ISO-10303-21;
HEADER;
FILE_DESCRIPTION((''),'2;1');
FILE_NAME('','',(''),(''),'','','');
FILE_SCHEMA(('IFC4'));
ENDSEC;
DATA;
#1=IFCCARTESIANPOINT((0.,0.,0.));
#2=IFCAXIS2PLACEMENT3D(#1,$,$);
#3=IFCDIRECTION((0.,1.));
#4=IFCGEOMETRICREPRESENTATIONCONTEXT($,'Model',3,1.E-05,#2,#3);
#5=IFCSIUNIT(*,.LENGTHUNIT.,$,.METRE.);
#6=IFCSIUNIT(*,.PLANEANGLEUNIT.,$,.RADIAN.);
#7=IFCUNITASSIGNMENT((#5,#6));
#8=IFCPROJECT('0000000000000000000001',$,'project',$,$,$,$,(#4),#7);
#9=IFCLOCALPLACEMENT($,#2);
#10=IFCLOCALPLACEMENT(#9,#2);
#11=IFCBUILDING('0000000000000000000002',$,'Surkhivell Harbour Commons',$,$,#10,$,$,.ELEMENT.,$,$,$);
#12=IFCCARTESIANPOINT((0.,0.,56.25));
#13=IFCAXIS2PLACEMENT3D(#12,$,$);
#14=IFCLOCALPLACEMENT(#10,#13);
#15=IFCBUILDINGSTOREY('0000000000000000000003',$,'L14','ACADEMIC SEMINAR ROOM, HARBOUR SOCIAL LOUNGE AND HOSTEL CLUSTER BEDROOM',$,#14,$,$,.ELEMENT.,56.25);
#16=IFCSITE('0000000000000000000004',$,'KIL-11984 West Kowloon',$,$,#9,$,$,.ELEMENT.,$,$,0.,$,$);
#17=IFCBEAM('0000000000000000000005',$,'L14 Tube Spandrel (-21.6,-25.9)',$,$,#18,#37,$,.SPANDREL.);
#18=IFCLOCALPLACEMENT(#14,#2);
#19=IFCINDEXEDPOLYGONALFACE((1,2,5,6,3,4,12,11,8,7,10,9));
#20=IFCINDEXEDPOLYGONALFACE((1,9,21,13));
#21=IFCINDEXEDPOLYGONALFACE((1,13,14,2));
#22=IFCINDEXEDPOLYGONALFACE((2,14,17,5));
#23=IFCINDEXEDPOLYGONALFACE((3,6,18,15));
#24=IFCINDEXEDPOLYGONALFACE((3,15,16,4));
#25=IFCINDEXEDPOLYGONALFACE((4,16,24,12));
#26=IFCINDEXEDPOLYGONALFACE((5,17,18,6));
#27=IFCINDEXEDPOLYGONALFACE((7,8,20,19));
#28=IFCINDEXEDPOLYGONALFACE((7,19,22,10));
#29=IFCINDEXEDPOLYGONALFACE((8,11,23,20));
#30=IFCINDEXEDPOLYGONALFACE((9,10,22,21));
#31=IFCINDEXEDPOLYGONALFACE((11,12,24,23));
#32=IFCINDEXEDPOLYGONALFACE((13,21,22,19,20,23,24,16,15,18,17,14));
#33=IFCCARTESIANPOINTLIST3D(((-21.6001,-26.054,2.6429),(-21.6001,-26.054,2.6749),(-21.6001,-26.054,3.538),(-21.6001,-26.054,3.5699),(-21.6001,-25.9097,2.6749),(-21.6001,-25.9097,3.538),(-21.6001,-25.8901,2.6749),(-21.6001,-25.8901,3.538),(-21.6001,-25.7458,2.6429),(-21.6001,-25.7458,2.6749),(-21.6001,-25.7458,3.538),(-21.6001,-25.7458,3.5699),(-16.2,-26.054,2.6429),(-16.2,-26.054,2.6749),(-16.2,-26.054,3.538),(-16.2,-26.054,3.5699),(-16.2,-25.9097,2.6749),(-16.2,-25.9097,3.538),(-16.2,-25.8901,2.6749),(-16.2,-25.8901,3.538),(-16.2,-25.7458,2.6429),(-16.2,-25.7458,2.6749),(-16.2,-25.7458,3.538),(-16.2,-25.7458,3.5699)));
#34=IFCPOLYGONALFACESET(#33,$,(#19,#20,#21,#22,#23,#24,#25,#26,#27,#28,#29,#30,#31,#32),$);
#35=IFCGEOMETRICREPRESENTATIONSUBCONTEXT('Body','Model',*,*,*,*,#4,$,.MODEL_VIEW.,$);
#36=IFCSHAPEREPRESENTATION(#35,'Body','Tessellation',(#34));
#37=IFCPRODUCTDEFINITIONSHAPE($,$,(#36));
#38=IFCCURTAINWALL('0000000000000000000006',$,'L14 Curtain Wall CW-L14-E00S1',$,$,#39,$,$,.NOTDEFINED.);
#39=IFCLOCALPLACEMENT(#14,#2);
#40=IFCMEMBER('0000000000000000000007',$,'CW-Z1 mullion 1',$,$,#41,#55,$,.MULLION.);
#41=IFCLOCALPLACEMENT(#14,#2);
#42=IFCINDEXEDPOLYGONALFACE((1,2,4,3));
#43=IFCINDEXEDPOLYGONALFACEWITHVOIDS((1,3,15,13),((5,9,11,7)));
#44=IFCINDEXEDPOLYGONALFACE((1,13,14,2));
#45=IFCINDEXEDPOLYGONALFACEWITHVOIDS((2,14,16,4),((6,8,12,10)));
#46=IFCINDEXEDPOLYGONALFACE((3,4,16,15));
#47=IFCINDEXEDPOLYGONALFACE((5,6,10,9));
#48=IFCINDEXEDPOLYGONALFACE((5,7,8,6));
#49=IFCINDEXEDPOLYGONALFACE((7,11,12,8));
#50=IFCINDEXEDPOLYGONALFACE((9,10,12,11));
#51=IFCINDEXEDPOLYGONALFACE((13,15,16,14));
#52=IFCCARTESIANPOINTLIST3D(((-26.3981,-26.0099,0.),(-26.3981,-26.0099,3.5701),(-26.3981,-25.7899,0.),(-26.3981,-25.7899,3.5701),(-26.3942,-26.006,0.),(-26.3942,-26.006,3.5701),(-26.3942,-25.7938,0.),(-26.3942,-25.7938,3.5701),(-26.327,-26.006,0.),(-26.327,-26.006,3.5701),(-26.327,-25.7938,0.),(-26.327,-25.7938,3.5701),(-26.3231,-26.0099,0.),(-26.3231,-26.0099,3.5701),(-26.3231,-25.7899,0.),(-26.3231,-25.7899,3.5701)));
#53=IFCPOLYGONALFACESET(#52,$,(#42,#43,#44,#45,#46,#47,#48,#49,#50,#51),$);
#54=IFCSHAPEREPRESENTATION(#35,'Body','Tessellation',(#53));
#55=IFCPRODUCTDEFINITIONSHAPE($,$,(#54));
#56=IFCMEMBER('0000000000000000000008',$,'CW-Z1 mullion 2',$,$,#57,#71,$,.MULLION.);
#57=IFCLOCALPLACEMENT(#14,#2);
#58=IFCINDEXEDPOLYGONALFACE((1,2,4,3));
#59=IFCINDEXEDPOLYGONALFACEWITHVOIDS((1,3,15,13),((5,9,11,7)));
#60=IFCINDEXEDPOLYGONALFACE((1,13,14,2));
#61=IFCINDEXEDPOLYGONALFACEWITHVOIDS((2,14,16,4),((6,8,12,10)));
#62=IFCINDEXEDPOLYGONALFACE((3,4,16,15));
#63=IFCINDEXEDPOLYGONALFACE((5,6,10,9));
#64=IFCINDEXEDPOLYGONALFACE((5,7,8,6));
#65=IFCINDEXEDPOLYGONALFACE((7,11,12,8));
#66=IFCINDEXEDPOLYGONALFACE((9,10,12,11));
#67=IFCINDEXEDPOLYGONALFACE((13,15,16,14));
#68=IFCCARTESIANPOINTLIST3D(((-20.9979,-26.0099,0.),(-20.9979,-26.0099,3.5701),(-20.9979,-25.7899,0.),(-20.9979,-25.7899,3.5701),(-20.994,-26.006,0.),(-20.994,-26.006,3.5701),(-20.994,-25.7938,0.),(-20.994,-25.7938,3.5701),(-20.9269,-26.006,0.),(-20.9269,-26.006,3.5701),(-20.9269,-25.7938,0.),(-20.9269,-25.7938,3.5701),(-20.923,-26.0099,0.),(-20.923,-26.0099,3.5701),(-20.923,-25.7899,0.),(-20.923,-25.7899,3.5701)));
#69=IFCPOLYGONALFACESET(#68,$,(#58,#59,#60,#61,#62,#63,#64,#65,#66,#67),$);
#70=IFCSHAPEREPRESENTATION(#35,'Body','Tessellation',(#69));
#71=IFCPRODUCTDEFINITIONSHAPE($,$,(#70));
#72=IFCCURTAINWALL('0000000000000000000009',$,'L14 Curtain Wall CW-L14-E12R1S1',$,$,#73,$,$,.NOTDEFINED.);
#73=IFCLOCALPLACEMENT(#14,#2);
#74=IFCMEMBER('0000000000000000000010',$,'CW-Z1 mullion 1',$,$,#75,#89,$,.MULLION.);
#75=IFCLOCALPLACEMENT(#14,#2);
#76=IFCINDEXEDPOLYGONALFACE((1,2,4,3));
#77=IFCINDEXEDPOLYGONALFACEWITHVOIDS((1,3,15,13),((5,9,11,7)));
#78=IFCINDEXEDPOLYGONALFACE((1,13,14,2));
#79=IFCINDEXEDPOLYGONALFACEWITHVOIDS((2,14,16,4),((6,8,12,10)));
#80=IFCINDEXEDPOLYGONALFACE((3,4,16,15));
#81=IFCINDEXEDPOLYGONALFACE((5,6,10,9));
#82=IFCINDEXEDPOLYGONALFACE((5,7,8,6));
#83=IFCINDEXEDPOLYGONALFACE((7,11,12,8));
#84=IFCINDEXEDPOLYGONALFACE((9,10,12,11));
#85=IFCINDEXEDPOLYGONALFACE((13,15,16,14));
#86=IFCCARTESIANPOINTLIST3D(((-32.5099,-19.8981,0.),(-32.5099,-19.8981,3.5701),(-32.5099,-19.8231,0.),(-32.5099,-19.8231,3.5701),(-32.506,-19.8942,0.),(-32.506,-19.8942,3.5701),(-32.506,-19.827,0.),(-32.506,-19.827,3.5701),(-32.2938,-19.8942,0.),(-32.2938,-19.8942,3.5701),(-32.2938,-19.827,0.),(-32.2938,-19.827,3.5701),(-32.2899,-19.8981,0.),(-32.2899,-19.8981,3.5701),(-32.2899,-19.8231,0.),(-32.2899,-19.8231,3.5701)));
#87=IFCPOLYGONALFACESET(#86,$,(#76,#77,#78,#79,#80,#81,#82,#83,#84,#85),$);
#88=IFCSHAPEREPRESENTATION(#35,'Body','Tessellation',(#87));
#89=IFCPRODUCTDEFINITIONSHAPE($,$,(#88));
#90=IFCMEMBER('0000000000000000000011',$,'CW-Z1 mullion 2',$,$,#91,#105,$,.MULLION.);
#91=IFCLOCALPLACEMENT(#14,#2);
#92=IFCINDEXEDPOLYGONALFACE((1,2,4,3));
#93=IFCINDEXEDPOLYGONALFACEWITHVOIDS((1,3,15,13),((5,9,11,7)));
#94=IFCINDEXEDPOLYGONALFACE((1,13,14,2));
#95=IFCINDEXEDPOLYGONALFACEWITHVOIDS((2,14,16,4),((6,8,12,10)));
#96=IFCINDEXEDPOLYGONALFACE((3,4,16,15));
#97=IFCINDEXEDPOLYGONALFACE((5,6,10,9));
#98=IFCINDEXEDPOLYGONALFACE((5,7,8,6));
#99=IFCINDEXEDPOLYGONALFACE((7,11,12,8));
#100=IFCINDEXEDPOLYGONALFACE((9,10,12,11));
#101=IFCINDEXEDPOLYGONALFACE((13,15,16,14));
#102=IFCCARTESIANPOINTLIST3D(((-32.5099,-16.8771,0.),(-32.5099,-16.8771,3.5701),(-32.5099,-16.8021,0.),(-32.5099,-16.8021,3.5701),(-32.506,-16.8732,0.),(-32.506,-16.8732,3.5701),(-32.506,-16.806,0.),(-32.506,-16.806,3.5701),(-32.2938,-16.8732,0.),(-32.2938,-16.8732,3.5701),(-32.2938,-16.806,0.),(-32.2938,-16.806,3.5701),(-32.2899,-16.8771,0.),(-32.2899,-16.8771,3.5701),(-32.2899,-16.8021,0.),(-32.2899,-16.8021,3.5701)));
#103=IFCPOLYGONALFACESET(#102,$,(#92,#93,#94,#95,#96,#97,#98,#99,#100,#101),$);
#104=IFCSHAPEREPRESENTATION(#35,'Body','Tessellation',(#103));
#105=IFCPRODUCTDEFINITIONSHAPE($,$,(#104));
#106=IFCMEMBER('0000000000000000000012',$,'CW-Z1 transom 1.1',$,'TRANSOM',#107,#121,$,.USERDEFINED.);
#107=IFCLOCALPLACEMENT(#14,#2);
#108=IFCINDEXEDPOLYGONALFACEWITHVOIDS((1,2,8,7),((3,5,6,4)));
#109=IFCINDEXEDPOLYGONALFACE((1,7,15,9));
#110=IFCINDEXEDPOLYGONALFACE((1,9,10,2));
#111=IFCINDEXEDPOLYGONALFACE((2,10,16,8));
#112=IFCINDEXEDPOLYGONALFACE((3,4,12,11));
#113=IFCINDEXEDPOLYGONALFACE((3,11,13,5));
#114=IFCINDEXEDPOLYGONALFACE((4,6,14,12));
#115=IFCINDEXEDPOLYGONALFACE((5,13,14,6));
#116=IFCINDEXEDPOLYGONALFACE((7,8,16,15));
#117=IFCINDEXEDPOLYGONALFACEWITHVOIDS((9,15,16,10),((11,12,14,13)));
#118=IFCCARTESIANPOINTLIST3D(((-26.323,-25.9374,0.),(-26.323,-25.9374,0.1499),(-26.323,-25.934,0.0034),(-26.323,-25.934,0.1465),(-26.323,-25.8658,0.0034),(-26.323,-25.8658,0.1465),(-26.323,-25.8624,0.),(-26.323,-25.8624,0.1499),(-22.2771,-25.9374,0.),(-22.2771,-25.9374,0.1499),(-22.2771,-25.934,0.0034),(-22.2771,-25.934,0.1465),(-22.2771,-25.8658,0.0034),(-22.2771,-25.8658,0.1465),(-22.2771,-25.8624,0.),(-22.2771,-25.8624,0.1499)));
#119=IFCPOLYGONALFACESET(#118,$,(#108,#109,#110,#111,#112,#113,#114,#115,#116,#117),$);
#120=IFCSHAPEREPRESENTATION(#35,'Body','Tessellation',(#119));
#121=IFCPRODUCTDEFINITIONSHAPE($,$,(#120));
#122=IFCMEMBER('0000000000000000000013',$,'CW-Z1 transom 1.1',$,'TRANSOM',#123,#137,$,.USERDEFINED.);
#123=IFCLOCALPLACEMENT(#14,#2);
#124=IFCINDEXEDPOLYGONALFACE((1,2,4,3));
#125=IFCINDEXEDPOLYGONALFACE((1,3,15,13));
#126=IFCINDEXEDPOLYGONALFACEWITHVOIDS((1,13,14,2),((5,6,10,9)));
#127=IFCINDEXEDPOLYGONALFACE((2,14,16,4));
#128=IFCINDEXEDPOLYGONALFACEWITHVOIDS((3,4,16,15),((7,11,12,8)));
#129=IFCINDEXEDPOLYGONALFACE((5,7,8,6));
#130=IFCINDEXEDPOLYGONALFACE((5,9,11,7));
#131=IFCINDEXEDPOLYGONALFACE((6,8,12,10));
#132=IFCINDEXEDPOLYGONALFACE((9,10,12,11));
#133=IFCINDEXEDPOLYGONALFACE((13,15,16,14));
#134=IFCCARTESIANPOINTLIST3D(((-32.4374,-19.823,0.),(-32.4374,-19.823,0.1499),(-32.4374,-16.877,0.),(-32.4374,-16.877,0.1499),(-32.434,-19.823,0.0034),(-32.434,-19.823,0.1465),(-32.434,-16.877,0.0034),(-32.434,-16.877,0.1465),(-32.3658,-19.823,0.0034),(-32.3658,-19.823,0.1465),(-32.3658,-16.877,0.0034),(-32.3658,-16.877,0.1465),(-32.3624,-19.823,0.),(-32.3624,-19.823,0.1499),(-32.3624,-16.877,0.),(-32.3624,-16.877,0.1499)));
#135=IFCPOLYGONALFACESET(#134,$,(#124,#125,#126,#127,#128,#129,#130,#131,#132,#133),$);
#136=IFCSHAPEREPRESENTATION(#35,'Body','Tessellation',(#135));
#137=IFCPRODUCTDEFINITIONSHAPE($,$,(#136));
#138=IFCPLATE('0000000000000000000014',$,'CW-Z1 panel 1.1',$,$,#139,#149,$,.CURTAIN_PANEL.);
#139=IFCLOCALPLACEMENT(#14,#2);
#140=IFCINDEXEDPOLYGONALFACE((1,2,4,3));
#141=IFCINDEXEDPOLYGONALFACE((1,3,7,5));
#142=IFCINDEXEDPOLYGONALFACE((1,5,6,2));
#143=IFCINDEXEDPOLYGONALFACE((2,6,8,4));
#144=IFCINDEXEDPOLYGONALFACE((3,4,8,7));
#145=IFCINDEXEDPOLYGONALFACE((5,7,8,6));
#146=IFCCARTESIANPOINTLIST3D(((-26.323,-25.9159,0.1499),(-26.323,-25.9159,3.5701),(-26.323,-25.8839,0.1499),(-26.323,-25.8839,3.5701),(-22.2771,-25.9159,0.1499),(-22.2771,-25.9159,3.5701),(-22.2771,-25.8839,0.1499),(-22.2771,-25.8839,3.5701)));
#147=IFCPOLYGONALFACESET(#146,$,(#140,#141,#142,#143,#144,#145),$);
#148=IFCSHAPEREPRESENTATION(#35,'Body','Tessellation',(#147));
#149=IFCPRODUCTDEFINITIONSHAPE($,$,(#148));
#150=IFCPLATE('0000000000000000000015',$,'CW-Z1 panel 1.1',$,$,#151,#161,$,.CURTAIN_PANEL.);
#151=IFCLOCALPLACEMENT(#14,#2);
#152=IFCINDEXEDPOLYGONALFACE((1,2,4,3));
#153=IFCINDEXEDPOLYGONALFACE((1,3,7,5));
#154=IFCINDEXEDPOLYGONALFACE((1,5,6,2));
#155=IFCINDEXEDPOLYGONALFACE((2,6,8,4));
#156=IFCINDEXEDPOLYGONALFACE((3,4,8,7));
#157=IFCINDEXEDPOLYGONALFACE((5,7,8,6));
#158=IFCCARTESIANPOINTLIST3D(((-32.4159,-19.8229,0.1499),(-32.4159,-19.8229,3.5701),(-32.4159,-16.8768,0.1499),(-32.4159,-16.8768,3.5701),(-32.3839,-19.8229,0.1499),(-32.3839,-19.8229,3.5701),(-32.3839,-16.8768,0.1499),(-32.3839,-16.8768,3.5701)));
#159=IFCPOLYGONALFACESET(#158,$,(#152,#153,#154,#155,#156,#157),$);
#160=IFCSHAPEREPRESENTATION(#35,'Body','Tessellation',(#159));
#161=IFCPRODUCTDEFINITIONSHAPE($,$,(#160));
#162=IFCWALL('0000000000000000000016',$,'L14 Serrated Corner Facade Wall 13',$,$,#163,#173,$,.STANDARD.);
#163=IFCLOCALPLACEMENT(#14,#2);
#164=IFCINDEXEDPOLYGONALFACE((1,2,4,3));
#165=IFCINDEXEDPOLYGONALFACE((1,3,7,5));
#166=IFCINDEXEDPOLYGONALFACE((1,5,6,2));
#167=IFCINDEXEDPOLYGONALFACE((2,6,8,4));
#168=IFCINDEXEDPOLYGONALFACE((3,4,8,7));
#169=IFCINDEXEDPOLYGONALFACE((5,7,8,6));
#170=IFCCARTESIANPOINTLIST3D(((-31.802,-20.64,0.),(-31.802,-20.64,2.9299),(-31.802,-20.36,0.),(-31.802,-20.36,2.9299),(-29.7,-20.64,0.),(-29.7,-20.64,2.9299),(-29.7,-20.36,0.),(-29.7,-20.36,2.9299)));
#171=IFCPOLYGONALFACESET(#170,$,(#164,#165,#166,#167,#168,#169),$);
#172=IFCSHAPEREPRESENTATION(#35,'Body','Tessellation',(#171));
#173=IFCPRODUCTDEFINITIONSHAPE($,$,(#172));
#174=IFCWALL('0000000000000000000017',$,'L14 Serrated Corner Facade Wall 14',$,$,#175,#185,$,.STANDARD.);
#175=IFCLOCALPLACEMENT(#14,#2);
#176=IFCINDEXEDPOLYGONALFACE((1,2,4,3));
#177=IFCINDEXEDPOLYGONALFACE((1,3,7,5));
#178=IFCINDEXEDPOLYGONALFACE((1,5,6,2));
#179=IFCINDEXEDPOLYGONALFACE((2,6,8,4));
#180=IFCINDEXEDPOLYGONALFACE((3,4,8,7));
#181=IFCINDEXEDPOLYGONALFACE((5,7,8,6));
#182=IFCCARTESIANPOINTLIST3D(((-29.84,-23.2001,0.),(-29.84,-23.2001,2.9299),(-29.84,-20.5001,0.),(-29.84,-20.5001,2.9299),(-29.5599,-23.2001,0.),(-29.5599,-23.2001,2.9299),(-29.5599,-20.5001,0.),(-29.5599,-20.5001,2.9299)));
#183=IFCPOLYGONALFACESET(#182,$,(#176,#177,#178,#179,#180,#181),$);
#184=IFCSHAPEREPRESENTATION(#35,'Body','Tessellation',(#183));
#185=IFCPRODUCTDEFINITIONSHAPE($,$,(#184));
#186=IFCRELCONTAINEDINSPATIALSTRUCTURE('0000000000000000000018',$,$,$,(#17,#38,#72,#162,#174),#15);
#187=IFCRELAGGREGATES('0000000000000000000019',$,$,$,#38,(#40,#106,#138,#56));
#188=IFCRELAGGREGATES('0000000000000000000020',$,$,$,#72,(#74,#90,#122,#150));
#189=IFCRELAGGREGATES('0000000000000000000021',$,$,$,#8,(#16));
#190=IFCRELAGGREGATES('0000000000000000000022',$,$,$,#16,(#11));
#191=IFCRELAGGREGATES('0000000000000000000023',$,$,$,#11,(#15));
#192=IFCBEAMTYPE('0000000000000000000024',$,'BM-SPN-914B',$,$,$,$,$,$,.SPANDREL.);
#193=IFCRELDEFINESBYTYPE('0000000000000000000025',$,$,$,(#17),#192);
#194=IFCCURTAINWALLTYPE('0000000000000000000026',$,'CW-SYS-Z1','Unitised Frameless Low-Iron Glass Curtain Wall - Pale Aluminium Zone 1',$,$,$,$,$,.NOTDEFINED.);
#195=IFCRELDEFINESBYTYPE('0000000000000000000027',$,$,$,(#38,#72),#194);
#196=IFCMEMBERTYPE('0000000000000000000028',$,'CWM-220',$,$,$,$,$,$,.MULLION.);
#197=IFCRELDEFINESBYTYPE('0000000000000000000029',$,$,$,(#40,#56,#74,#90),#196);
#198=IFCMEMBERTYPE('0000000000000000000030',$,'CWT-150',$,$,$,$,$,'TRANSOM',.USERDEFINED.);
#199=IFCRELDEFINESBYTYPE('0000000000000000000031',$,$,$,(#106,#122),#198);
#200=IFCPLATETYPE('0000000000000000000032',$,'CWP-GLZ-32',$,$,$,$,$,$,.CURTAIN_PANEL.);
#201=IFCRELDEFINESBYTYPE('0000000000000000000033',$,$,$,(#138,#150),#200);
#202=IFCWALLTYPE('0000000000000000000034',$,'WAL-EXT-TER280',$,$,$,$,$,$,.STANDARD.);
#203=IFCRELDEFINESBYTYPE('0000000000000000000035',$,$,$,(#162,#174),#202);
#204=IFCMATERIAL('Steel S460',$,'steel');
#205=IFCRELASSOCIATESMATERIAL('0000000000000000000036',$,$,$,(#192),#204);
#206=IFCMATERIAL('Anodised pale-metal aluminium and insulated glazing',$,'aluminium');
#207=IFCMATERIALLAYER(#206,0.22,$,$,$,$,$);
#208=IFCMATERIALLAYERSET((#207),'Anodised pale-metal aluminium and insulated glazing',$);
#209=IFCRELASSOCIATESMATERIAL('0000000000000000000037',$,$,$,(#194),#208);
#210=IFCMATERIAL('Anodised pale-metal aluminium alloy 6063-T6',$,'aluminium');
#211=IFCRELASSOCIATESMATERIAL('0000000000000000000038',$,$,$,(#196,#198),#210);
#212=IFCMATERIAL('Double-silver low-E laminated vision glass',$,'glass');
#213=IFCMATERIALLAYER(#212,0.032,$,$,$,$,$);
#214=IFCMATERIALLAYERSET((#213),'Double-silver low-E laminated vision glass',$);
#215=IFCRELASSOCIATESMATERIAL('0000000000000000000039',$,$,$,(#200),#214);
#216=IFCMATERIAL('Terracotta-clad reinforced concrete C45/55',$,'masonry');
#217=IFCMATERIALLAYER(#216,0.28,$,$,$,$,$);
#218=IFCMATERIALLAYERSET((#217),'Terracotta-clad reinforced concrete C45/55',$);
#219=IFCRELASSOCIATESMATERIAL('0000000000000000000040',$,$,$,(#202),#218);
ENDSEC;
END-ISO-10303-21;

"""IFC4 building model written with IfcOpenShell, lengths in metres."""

from ifc_helpers import new_model, si_unit, direction, frame, frame_2d, origin, origin_2d, place, context, subcontext, project, spatial, rectangle, hollow_rectangle, i_section, extrude, material, layer, layer_set, material_profile, profile_set, type_object, element, aggregate, save


model = new_model("IFC4")

# Units and contexts
model_context = context("Model", 3, precision=1e-05, world=origin(), true_north=direction((0.0, 1.0)))
body_context = subcontext(model_context, "Body", "Model", "MODEL_VIEW")
ifc_project = project(units=[si_unit("LENGTHUNIT", "METRE"), si_unit("PLANEANGLEUNIT", "RADIAN")], contexts=[model_context])

# Site, building, storey
site_placement = place(None, origin())
site = spatial("IfcSite", under=ifc_project, at=site_placement, Name="KIL-11984 West Kowloon", CompositionType="ELEMENT", RefElevation=0.0)
building_placement = place(site_placement, origin())
building = spatial("IfcBuilding", under=site, at=building_placement, Name="Surkhivell Harbour Commons", CompositionType="ELEMENT")
storey_placement = place(building_placement, frame((0.0, 0.0, 56.25)))
storey = spatial("IfcBuildingStorey", under=building, at=storey_placement, Name="L14", Description="ACADEMIC SEMINAR ROOM, HARBOUR SOCIAL LOUNGE AND HOSTEL CLUSTER BEDROOM", CompositionType="ELEMENT", Elevation=56.25)

# Beam
ifc_material_1 = material(Name="Steel S460", Category="steel")
ifc_material_profile_1 = material_profile(ifc_material_1, i_section(OverallWidth=0.3081, OverallDepth=0.927, WebThickness=0.0195, FlangeThickness=0.032, at=origin_2d()), Name="UB914x305x289")
ifc_profile_set_1 = profile_set([ifc_material_profile_1], Name="Steel S460")
beam_type_1 = type_object("IfcBeamType", Name="BM-SPN-914B", PredefinedType="SPANDREL", material=ifc_profile_set_1)
beam_1_placement = place(storey_placement, frame((-21.6001, -25.8999, 3.1064), z_axis=(1.0, 0.0, 0.0), x_axis=(0.0, 1.0, 0.0)))
element("IfcBeam", 1, at=beam_1_placement, inside=storey, type_object=beam_type_1, Name="L14 Tube Spandrel (-21.6,-25.9)", PredefinedType="SPANDREL", context=body_context, shape_type="SweptSolid", body=[
    extrude(i_section(OverallWidth=0.3081, OverallDepth=0.927, WebThickness=0.0195, FlangeThickness=0.032, at=origin_2d()), origin(), (0.0, 0.0, 1.0), 5.4001),
])

# Curtain walls, members
ifc_material_2 = material(Name="Anodised pale-metal aluminium and insulated glazing", Category="aluminium")
ifc_layer_1 = layer(ifc_material_2, 0.22)
ifc_layer_set_1 = layer_set([ifc_layer_1], Name="Anodised pale-metal aluminium and insulated glazing")
curtain_wall_type = type_object("IfcCurtainWallType", Name="CW-SYS-Z1", Description="Unitised Frameless Low-Iron Glass Curtain Wall - Pale Aluminium Zone 1", PredefinedType="NOTDEFINED", material=ifc_layer_set_1)
curtain_wall_1_placement = place(storey_placement, origin())
curtain_wall_1 = element("IfcCurtainWall", 2, at=curtain_wall_1_placement, inside=storey, type_object=curtain_wall_type, Name="L14 Curtain Wall CW-L14-E00S1", PredefinedType="NOTDEFINED")
ifc_material_3 = material(Name="Anodised pale-metal aluminium alloy 6063-T6", Category="aluminium")
ifc_material_profile_2 = material_profile(ifc_material_3, hollow_rectangle(XDim=0.075, YDim=0.22, WallThickness=0.0039, at=origin_2d()), Name="ALU-MULL-75x220")
ifc_profile_set_2 = profile_set([ifc_material_profile_2], Name="Anodised pale-metal aluminium alloy 6063-T6")
member_type_1 = type_object("IfcMemberType", Name="CWM-220", PredefinedType="MULLION", material=ifc_profile_set_2)
member_1_placement = place(storey_placement, frame((-26.3606, -25.8999, 0.0), z_axis=(0.0, 0.0, 1.0), x_axis=(1.0, 0.0, 0.0)))
member_1 = element("IfcMember", 3, at=member_1_placement, type_object=member_type_1, Name="CW-Z1 mullion 1", PredefinedType="MULLION", context=body_context, shape_type="SweptSolid", body=[
    extrude(hollow_rectangle(XDim=0.075, YDim=0.22, WallThickness=0.0039, at=origin_2d()), origin(), (0.0, 0.0, 1.0), 3.5701),
])
member_2_placement = place(storey_placement, frame((-20.9604, -25.8999, 0.0), z_axis=(0.0, 0.0, 1.0), x_axis=(1.0, 0.0, 0.0)))
member_2 = element("IfcMember", 4, at=member_2_placement, type_object=member_type_1, Name="CW-Z1 mullion 2", PredefinedType="MULLION", context=body_context, shape_type="SweptSolid", body=[
    extrude(hollow_rectangle(XDim=0.075, YDim=0.22, WallThickness=0.0039, at=origin_2d()), origin(), (0.0, 0.0, 1.0), 3.5701),
])
curtain_wall_2_placement = place(storey_placement, origin())
curtain_wall_2 = element("IfcCurtainWall", 5, at=curtain_wall_2_placement, inside=storey, type_object=curtain_wall_type, Name="L14 Curtain Wall CW-L14-E12R1S1", PredefinedType="NOTDEFINED")
member_3_placement = place(storey_placement, frame((-32.3999, -19.8606, 0.0), z_axis=(0.0, 0.0, 1.0), x_axis=(0.0, 1.0, 0.0)))
member_3 = element("IfcMember", 6, at=member_3_placement, type_object=member_type_1, Name="CW-Z1 mullion 1", PredefinedType="MULLION", context=body_context, shape_type="SweptSolid", body=[
    extrude(hollow_rectangle(XDim=0.075, YDim=0.22, WallThickness=0.0039, at=origin_2d()), origin(), (0.0, 0.0, 1.0), 3.5701),
])
member_4_placement = place(storey_placement, frame((-32.3999, -16.8396, 0.0), z_axis=(0.0, 0.0, 1.0), x_axis=(0.0, 1.0, 0.0)))
member_4 = element("IfcMember", 7, at=member_4_placement, type_object=member_type_1, Name="CW-Z1 mullion 2", PredefinedType="MULLION", context=body_context, shape_type="SweptSolid", body=[
    extrude(hollow_rectangle(XDim=0.075, YDim=0.22, WallThickness=0.0039, at=origin_2d()), origin(), (0.0, 0.0, 1.0), 3.5701),
])

# Members
ifc_material_profile_3 = material_profile(ifc_material_3, hollow_rectangle(XDim=0.075, YDim=0.1499, WallThickness=0.0034, at=origin_2d()), Name="ALU-TRAN-75x150")
ifc_profile_set_3 = profile_set([ifc_material_profile_3], Name="Anodised pale-metal aluminium alloy 6063-T6")
member_type_2 = type_object("IfcMemberType", Name="CWT-150", ElementType="TRANSOM", PredefinedType="USERDEFINED", material=ifc_profile_set_3)
member_5_placement = place(storey_placement, frame((-26.323, -25.8999, 0.075), z_axis=(1.0, 0.0, 0.0), x_axis=(0.0, 1.0, 0.0)))
member_5 = element("IfcMember", 8, at=member_5_placement, type_object=member_type_2, Name="CW-Z1 transom 1.1", ObjectType="TRANSOM", PredefinedType="USERDEFINED", context=body_context, shape_type="SweptSolid", body=[
    extrude(hollow_rectangle(XDim=0.075, YDim=0.1499, WallThickness=0.0034, at=origin_2d()), origin(), (0.0, 0.0, 1.0), 4.0459),
])
member_6_placement = place(storey_placement, frame((-32.3999, -19.823, 0.075), z_axis=(0.0, 1.0, 0.0), x_axis=(-1.0, 0.0, 0.0)))
member_6 = element("IfcMember", 9, at=member_6_placement, type_object=member_type_2, Name="CW-Z1 transom 1.1", ObjectType="TRANSOM", PredefinedType="USERDEFINED", context=body_context, shape_type="SweptSolid", body=[
    extrude(hollow_rectangle(XDim=0.075, YDim=0.1499, WallThickness=0.0034, at=origin_2d()), origin(), (0.0, 0.0, 1.0), 2.946),
])

# Plates
ifc_material_4 = material(Name="Double-silver low-E laminated vision glass", Category="glass")
ifc_layer_2 = layer(ifc_material_4, 0.032)
ifc_layer_set_2 = layer_set([ifc_layer_2], Name="Double-silver low-E laminated vision glass")
plate_type = type_object("IfcPlateType", Name="CWP-GLZ-32", PredefinedType="CURTAIN_PANEL", material=ifc_layer_set_2)
plate_1_placement = place(storey_placement, frame((-26.323, -25.8999, 0.1499), z_axis=(0.0, 0.0, 1.0), x_axis=(1.0, 0.0, 0.0)))
plate_1 = element("IfcPlate", 10, at=plate_1_placement, type_object=plate_type, Name="CW-Z1 panel 1.1", PredefinedType="CURTAIN_PANEL", context=body_context, shape_type="SweptSolid", body=[
    extrude(rectangle(XDim=4.0459, YDim=0.032, at=frame_2d((2.0229, 0.0))), origin(), (0.0, 0.0, 1.0), 3.4202),
])
aggregate(curtain_wall_1, [member_1, member_5, plate_1, member_2])
plate_2_placement = place(storey_placement, frame((-32.3999, -19.823, 0.1499), z_axis=(0.0, 0.0, 1.0), x_axis=(0.0, 1.0, 0.0)))
plate_2 = element("IfcPlate", 11, at=plate_2_placement, type_object=plate_type, Name="CW-Z1 panel 1.1", PredefinedType="CURTAIN_PANEL", context=body_context, shape_type="SweptSolid", body=[
    extrude(rectangle(XDim=2.946, YDim=0.032, at=frame_2d((1.4731, 0.0))), origin(), (0.0, 0.0, 1.0), 3.4202),
])
aggregate(curtain_wall_2, [member_3, member_4, member_6, plate_2])

# Walls
ifc_material_5 = material(Name="Terracotta-clad reinforced concrete C45/55", Category="masonry")
ifc_layer_3 = layer(ifc_material_5, 0.28)
ifc_layer_set_3 = layer_set([ifc_layer_3], Name="Terracotta-clad reinforced concrete C45/55")
wall_type = type_object("IfcWallType", Name="WAL-EXT-TER280", PredefinedType="STANDARD", material=ifc_layer_set_3)
wall_1_placement = place(storey_placement, frame((-31.802, -20.5, 0.0), z_axis=(0.0, 0.0, 1.0), x_axis=(1.0, 0.0, 0.0)))
element("IfcWall", 12, at=wall_1_placement, inside=storey, type_object=wall_type, Name="L14 Serrated Corner Facade Wall 13", PredefinedType="STANDARD", context=body_context, shape_type="SweptSolid", body=[
    extrude(rectangle(XDim=2.1021, YDim=0.28, at=frame_2d((1.051, 0.0))), origin(), (0.0, 0.0, 1.0), 2.9299),
])
for number, where, z_axis, x_axis, name in (
    (13, (-29.7, -20.5, 0.0), (0.0, 0.0, 1.0), (0.0, -1.0, 0.0), "L14 Serrated Corner Facade Wall 14"),
):
    element("IfcWall", number, at=place(storey_placement, frame(where, z_axis=z_axis, x_axis=x_axis)), inside=storey, type_object=wall_type, Name=name, PredefinedType="STANDARD", context=body_context, shape_type="SweptSolid", body=[
        extrude(rectangle(XDim=2.7, YDim=0.28, at=frame_2d((1.3501, 0.0))), origin(), (0.0, 0.0, 1.0), 2.9299),
    ])

save(model, "model.ifc")
